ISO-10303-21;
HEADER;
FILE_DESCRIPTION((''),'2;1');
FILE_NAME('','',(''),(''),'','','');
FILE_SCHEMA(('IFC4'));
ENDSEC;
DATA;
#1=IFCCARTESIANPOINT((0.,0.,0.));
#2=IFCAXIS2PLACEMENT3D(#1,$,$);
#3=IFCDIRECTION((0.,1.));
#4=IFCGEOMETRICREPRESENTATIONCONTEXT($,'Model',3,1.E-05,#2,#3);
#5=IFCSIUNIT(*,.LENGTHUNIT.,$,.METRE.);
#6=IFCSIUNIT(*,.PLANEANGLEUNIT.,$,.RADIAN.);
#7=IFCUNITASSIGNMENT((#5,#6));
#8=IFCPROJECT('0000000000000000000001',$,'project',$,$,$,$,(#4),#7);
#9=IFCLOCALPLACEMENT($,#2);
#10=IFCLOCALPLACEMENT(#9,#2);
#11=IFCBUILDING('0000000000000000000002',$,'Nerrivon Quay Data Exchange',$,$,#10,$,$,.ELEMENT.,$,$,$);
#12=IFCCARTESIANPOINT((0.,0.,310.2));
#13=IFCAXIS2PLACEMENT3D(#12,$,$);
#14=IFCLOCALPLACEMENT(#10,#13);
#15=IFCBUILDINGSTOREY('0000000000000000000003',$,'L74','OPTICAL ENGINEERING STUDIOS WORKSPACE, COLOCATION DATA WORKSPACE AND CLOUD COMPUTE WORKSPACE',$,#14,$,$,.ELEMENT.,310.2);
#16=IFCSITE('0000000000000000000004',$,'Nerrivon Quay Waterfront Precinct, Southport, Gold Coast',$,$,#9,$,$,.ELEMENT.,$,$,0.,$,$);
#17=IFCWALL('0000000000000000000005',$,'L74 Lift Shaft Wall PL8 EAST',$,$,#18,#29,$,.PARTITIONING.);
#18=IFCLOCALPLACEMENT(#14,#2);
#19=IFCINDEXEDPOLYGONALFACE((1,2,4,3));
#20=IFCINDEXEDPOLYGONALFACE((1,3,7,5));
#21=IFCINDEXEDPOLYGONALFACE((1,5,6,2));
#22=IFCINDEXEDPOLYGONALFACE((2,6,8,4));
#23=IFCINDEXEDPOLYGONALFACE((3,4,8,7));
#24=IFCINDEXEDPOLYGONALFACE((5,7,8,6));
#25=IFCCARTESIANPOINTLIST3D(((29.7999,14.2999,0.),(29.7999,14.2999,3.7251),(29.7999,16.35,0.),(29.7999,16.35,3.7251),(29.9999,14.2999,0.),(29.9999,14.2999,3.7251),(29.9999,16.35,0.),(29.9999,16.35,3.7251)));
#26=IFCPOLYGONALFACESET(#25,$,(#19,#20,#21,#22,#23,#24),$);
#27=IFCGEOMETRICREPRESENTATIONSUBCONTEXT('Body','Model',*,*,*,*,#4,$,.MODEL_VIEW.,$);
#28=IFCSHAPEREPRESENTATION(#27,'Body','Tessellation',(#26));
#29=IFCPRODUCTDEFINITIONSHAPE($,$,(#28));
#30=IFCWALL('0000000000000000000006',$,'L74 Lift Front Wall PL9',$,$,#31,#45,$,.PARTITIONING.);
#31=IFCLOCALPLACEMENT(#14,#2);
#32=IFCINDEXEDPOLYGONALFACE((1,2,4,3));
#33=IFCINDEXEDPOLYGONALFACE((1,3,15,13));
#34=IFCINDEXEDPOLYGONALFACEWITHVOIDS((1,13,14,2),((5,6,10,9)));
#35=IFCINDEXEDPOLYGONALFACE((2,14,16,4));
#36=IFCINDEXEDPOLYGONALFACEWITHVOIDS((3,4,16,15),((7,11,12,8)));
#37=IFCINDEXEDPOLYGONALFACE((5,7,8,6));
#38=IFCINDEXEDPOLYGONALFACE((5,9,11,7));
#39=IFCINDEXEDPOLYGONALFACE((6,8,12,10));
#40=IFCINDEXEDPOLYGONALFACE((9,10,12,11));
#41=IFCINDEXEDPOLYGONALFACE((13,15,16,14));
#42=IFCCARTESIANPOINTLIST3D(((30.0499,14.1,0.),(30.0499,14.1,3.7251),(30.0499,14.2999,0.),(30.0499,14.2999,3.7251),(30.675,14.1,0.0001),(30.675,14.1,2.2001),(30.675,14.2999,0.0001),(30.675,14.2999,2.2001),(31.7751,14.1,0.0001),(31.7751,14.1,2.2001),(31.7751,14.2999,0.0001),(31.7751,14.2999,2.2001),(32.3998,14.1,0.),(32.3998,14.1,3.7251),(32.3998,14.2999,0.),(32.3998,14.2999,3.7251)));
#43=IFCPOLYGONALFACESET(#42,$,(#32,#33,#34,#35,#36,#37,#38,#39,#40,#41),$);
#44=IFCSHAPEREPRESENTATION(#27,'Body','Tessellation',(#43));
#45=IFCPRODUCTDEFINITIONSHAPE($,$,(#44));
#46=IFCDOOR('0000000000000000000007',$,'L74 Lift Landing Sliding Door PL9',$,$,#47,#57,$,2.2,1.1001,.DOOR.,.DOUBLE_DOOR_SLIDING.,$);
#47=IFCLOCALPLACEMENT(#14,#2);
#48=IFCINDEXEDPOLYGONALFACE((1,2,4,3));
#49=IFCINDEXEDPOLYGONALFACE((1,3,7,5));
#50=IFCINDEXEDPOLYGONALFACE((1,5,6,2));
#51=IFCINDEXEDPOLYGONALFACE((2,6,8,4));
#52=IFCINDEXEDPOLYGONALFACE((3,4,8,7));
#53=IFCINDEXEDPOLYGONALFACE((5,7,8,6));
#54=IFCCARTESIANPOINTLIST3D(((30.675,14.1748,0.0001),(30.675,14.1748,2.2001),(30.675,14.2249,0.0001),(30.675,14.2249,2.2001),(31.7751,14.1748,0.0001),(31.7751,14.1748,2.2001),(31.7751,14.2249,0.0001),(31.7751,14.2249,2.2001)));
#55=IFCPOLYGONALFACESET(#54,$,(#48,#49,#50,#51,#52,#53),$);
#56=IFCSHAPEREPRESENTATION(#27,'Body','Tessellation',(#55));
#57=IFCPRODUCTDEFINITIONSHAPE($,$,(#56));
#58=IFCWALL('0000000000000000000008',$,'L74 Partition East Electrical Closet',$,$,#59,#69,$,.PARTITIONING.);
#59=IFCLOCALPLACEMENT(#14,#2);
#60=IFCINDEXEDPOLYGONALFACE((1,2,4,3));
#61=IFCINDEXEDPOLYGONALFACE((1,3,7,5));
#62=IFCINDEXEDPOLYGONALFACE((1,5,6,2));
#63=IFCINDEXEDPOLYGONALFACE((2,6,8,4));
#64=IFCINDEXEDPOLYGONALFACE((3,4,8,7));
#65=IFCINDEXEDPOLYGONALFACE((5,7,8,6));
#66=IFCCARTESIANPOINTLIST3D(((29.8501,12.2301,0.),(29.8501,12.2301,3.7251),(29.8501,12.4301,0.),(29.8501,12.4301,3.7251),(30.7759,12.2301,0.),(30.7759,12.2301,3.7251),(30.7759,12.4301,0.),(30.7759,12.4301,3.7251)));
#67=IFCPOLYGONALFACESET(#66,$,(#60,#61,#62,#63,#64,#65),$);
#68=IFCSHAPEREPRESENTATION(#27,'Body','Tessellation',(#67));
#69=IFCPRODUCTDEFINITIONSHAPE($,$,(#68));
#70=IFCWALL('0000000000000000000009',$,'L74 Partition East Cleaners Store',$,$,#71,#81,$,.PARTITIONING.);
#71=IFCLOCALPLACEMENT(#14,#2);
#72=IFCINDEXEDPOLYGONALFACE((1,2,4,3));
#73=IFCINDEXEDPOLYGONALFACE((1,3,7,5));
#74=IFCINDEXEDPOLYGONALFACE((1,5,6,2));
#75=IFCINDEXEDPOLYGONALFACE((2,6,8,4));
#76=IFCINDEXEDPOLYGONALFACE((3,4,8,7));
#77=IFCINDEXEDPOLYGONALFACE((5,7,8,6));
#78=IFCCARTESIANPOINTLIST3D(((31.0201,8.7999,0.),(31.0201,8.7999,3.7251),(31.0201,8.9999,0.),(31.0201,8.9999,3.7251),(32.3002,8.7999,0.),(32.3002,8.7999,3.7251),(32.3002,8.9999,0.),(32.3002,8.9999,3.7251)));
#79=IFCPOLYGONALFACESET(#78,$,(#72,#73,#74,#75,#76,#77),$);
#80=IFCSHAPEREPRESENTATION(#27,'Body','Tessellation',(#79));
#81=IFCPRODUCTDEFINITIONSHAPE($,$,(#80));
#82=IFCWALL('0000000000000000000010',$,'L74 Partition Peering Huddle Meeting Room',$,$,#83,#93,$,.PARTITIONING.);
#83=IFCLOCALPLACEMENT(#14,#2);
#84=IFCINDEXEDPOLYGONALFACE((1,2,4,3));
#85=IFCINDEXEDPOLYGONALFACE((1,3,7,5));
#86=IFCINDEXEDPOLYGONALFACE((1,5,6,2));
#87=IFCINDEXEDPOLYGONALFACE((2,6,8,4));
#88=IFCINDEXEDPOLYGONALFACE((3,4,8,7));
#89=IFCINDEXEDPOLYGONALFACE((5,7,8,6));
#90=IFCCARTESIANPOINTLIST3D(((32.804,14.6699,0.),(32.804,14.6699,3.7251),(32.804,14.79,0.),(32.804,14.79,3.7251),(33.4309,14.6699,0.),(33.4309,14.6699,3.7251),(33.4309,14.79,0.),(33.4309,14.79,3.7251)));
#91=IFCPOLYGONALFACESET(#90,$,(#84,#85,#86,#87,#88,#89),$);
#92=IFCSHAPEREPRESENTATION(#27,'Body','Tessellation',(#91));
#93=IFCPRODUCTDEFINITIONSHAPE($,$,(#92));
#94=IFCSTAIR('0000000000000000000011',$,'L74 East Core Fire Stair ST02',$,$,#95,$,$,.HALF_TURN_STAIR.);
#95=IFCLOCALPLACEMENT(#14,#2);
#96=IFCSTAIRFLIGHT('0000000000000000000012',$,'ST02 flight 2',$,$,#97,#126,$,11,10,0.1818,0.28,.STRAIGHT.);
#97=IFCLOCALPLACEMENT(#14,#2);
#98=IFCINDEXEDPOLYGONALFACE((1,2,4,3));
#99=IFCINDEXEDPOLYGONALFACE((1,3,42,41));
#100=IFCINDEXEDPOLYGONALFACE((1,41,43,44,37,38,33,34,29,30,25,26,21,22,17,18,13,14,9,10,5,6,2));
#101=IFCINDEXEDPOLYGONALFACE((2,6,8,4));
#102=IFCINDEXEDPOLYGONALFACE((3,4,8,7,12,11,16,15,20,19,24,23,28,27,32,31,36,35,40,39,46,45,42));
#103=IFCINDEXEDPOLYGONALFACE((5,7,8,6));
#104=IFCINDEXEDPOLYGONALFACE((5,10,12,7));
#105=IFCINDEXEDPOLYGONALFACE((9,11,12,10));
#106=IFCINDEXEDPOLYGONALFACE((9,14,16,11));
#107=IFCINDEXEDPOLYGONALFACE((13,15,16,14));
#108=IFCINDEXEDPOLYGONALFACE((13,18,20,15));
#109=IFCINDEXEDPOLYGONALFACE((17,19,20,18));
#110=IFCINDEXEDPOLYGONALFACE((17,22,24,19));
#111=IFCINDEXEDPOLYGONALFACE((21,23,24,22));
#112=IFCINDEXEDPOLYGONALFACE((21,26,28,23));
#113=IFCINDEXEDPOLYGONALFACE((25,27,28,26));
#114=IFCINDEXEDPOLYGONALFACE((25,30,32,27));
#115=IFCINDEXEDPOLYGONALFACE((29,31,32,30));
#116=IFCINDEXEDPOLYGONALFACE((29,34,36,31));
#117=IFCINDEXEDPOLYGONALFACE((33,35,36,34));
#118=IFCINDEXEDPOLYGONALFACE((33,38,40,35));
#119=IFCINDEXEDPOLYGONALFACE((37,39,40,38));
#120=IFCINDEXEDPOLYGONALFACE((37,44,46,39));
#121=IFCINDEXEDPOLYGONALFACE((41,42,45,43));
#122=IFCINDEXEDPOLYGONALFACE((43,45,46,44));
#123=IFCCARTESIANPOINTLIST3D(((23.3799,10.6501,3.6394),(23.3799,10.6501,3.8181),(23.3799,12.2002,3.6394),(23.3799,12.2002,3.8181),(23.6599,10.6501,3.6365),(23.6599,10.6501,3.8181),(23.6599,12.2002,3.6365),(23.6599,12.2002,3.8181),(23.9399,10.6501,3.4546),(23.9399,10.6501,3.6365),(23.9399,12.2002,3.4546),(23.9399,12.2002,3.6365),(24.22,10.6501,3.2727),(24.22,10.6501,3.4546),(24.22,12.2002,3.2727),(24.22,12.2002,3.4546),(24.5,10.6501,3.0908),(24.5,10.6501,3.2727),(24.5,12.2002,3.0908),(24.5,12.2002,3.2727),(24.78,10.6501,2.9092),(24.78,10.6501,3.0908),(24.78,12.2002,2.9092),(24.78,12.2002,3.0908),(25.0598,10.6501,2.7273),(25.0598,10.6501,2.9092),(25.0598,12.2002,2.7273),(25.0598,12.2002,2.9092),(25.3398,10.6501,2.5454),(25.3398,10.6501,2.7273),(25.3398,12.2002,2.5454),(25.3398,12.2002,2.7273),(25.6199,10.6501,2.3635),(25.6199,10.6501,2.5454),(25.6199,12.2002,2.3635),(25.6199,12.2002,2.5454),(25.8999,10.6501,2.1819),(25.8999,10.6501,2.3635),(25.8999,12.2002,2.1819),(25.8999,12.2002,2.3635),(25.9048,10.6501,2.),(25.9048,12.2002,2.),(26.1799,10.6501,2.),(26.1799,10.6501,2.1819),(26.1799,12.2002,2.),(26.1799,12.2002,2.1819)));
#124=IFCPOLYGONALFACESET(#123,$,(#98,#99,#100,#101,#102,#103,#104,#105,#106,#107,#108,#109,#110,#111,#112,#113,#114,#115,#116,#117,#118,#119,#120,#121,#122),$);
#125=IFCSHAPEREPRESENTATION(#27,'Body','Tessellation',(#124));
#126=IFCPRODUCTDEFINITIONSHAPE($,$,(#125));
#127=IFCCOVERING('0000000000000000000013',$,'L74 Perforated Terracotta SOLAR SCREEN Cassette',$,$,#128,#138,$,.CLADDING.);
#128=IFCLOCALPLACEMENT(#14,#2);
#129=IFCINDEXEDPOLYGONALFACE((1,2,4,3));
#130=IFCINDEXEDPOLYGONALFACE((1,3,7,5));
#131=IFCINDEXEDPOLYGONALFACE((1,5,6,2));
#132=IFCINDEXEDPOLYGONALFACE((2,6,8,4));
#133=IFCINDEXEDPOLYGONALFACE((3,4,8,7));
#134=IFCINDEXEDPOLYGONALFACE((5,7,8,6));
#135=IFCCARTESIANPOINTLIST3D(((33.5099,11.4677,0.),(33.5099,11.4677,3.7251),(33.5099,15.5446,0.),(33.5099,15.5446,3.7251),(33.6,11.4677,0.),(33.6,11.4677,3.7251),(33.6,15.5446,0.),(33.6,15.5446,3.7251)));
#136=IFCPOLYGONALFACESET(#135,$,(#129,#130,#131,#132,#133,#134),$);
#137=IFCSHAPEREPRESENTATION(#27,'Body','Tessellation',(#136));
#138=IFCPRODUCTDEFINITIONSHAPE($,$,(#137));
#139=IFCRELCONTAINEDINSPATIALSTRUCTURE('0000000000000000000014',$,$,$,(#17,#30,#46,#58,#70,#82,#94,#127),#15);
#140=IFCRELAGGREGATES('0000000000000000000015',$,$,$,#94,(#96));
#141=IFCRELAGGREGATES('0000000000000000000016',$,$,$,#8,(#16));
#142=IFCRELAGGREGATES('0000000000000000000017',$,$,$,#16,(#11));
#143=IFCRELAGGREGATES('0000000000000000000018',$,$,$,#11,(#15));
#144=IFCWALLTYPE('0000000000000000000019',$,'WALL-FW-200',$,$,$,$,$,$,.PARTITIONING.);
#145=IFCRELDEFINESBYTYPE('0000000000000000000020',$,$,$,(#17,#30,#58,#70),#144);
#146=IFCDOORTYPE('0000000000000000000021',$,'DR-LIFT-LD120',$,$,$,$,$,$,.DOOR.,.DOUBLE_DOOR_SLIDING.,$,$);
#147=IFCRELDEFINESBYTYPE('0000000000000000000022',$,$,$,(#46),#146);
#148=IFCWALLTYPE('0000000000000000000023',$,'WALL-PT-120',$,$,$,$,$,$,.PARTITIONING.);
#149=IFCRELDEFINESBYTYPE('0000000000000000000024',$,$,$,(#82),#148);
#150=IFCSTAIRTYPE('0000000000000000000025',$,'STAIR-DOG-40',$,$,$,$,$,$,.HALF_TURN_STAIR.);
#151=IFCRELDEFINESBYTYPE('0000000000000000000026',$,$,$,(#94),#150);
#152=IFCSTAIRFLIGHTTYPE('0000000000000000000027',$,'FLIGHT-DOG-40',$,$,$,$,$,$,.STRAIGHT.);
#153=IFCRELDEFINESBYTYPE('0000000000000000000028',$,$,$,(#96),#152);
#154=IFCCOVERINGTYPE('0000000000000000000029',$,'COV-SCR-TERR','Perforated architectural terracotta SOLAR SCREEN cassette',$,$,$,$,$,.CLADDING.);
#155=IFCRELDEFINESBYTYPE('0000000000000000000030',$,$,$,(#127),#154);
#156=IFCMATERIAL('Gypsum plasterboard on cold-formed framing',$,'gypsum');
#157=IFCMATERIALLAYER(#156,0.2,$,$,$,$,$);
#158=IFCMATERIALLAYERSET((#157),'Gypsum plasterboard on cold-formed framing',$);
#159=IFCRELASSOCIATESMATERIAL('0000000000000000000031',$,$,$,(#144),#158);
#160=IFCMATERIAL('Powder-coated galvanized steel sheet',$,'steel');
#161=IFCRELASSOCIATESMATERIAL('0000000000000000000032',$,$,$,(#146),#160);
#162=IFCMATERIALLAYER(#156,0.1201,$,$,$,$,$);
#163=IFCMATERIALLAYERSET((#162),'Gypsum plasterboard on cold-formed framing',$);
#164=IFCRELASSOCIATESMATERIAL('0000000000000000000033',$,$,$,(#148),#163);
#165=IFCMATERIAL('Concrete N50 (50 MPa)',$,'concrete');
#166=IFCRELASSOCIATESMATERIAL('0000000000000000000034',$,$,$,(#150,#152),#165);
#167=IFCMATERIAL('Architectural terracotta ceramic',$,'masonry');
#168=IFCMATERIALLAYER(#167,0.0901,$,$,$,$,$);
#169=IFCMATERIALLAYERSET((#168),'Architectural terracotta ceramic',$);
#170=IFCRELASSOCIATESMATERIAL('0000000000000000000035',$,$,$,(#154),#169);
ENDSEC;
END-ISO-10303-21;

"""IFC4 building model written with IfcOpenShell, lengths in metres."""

from ifc_helpers import new_model, si_unit, direction, frame, frame_2d, origin, origin_2d, place, context, subcontext, project, spatial, polyline, rectangle, outline, extrude, material, layer, layer_set, type_object, element, fill, aggregate, save


model = new_model("IFC4")

# Units and contexts
model_context = context("Model", 3, precision=1e-05, world=origin(), true_north=direction((0.0, 1.0)))
body_context = subcontext(model_context, "Body", "Model", "MODEL_VIEW")
ifc_project = project(units=[si_unit("LENGTHUNIT", "METRE"), si_unit("PLANEANGLEUNIT", "RADIAN")], contexts=[model_context])

# Site, building, storey
site_placement = place(None, origin())
site = spatial("IfcSite", under=ifc_project, at=site_placement, Name="Nerrivon Quay Waterfront Precinct, Southport, Gold Coast", CompositionType="ELEMENT", RefElevation=0.0)
building_placement = place(site_placement, origin())
building = spatial("IfcBuilding", under=site, at=building_placement, Name="Nerrivon Quay Data Exchange", CompositionType="ELEMENT")
storey_placement = place(building_placement, frame((0.0, 0.0, 310.2)))
storey = spatial("IfcBuildingStorey", under=building, at=storey_placement, Name="L74", Description="OPTICAL ENGINEERING STUDIOS WORKSPACE, COLOCATION DATA WORKSPACE AND CLOUD COMPUTE WORKSPACE", CompositionType="ELEMENT", Elevation=310.2)

# Shared definitions
ifc_material_1 = material(Name="Concrete N50 (50 MPa)", Category="concrete")

# Shared definitions
ifc_material_2 = material(Name="Gypsum plasterboard on cold-formed framing", Category="gypsum")
ifc_layer_1 = layer(ifc_material_2, 0.2)
ifc_layer_set_1 = layer_set([ifc_layer_1], Name="Gypsum plasterboard on cold-formed framing")
wall_type_1 = type_object("IfcWallType", Name="WALL-FW-200", PredefinedType="PARTITIONING", material=ifc_layer_set_1)

# Shared definitions
ifc_material_3 = material(Name="Powder-coated galvanized steel sheet", Category="steel")
door_type_1 = type_object("IfcDoorType", Name="DR-LIFT-LD120", OperationType="DOUBLE_DOOR_SLIDING", PredefinedType="DOOR", material=ifc_material_3)

# Wall
wall_1_placement = place(storey_placement, frame((29.8999, 14.3, 0.0), z_axis=(0.0, 0.0, 1.0), x_axis=(0.0, 1.0, 0.0)))
element("IfcWall", 1, at=wall_1_placement, inside=storey, type_object=wall_type_1, Name="L74 Lift Shaft Wall PL8 EAST", PredefinedType="PARTITIONING", context=body_context, shape_type="SweptSolid", body=[
    extrude(rectangle(XDim=2.05, YDim=0.2, at=frame_2d((1.0249, 0.0))), origin(), (0.0, 0.0, 1.0), 3.7251),
])

# Wall, opening, door
wall_2_placement = place(storey_placement, frame((30.05, 14.2, 0.0), z_axis=(0.0, 0.0, 1.0), x_axis=(1.0, 0.0, 0.0)))
wall_2 = element("IfcWall", 2, at=wall_2_placement, inside=storey, type_object=wall_type_1, Name="L74 Lift Front Wall PL9", PredefinedType="PARTITIONING", context=body_context, shape_type="SweptSolid", body=[
    extrude(rectangle(XDim=2.3499, YDim=0.2, at=frame_2d((1.1748, 0.0))), origin(), (0.0, 0.0, 1.0), 3.7251),
])
opening_1_placement = place(wall_2_placement, frame((0.625, 0.0, 0.0)))
opening_1 = element("IfcOpeningElement", 3, at=opening_1_placement, cuts=wall_2, PredefinedType="OPENING", context=body_context, shape_type="SweptSolid", body=[
    extrude(rectangle(XDim=1.1001, YDim=2.2, at=frame_2d((0.55, 1.1001))), frame((0.0, 0.1099, 0.0), z_axis=(0.0, -1.0, 0.0), x_axis=(1.0, 0.0, 0.0)), (0.0, 0.0, 1.0), 0.22),
])
door_1_placement = place(opening_1_placement, origin())
door_1 = element("IfcDoor", 4, at=door_1_placement, inside=storey, type_object=door_type_1, Name="L74 Lift Landing Sliding Door PL9", OperationType="DOUBLE_DOOR_SLIDING", OverallHeight=2.2, OverallWidth=1.1001, PredefinedType="DOOR", context=body_context, shape_type="SweptSolid", body=[
    extrude(rectangle(XDim=1.1001, YDim=2.2, at=frame_2d((0.55, 1.1001))), frame((0.0, 0.0249, 0.0), z_axis=(0.0, -1.0, 0.0), x_axis=(1.0, 0.0, 0.0)), (0.0, 0.0, 1.0), 0.05),
])
fill(opening_1, door_1)

# Wall
wall_3_placement = place(storey_placement, frame((30.7759, 12.3301, 0.0), z_axis=(0.0, 0.0, 1.0), x_axis=(-1.0, 0.0, 0.0)))
element("IfcWall", 5, at=wall_3_placement, inside=storey, type_object=wall_type_1, Name="L74 Partition East Electrical Closet", PredefinedType="PARTITIONING", context=body_context, shape_type="SweptSolid", body=[
    extrude(rectangle(XDim=0.9258, YDim=0.2, at=frame_2d((0.4629, 0.0))), origin(), (0.0, 0.0, 1.0), 3.7251),
])

# Walls
wall_4_placement = place(storey_placement, frame((31.02, 8.8999, 0.0), z_axis=(0.0, 0.0, 1.0), x_axis=(1.0, 0.0, 0.0)))
element("IfcWall", 6, at=wall_4_placement, inside=storey, type_object=wall_type_1, Name="L74 Partition East Cleaners Store", PredefinedType="PARTITIONING", context=body_context, shape_type="SweptSolid", body=[
    extrude(rectangle(XDim=1.28, YDim=0.2, at=frame_2d((0.6401, 0.0))), origin(), (0.0, 0.0, 1.0), 3.7251),
])
ifc_layer_2 = layer(ifc_material_2, 0.1201)
ifc_layer_set_2 = layer_set([ifc_layer_2], Name="Gypsum plasterboard on cold-formed framing")
wall_type_2 = type_object("IfcWallType", Name="WALL-PT-120", PredefinedType="PARTITIONING", material=ifc_layer_set_2)
wall_5_placement = place(storey_placement, frame((32.804, 14.73, 0.0), z_axis=(0.0, 0.0, 1.0), x_axis=(1.0, 0.0, 0.0)))
element("IfcWall", 7, at=wall_5_placement, inside=storey, type_object=wall_type_2, Name="L74 Partition Peering Huddle Meeting Room", PredefinedType="PARTITIONING", context=body_context, shape_type="SweptSolid", body=[
    extrude(rectangle(XDim=0.627, YDim=0.1201, at=frame_2d((0.3135, 0.0))), origin(), (0.0, 0.0, 1.0), 3.7251),
])

# Stair, stair flight
stair_type = type_object("IfcStairType", Name="STAIR-DOG-40", PredefinedType="HALF_TURN_STAIR", material=ifc_material_1)
stair_placement = place(storey_placement, origin())
stair = element("IfcStair", 8, at=stair_placement, inside=storey, type_object=stair_type, Name="L74 East Core Fire Stair ST02", PredefinedType="HALF_TURN_STAIR")
stair_flight_type = type_object("IfcStairFlightType", Name="FLIGHT-DOG-40", PredefinedType="STRAIGHT", material=ifc_material_1)
stair_flight_placement = place(storey_placement, frame((26.1799, 11.425, 2.0), z_axis=(0.0, 0.0, 1.0), x_axis=(-1.0, 0.0, 0.0)))
stair_flight = element("IfcStairFlight", 9, at=stair_flight_placement, type_object=stair_flight_type, Name="ST02 flight 2", NumberOfRisers=11, NumberOfTreads=10, PredefinedType="STRAIGHT", RiserHeight=0.1818, TreadLength=0.28, context=body_context, shape_type="SweptSolid", body=[
    extrude(outline(polyline([(0.0, 0.0), (0.0, 0.1819), (0.28, 0.1819), (0.28, 0.3635), (0.5601, 0.3635), (0.5601, 0.5454), (0.8401, 0.5454), (0.8401, 0.7273), (1.1201, 0.7273), (1.1201, 0.9092), (1.3999, 0.9092), (1.3999, 1.0908), (1.6799, 1.0908), (1.6799, 1.2727), (1.96, 1.2727), (1.96, 1.4546), (2.24, 1.4546), (2.24, 1.6365), (2.52, 1.6365), (2.52, 1.8181), (2.8, 1.8181), (2.8, 2.0), (2.8, 1.6394), (0.2751, 0.0), (0.0, 0.0)])), frame((0.0, 0.7749, 0.0), z_axis=(0.0, -1.0, 0.0), x_axis=(1.0, 0.0, 0.0)), (0.0, 0.0, 1.0), 1.55),
])
aggregate(stair, [stair_flight])

# Covering
ifc_material_4 = material(Name="Architectural terracotta ceramic", Category="masonry")
ifc_layer_3 = layer(ifc_material_4, 0.0901)
ifc_layer_set_3 = layer_set([ifc_layer_3], Name="Architectural terracotta ceramic")
covering_type = type_object("IfcCoveringType", Name="COV-SCR-TERR", Description="Perforated architectural terracotta SOLAR SCREEN cassette", PredefinedType="CLADDING", material=ifc_layer_set_3)
covering_placement = place(storey_placement, frame((33.5549, 13.5061, 0.0), z_axis=(0.0, 0.0, 1.0), x_axis=(0.0, -1.0, 0.0)))
element("IfcCovering", 10, at=covering_placement, inside=storey, type_object=covering_type, Name="L74 Perforated Terracotta SOLAR SCREEN Cassette", PredefinedType="CLADDING", context=body_context, shape_type="SweptSolid", body=[
    extrude(rectangle(XDim=4.0769, YDim=0.0901, at=origin_2d()), origin(), (0.0, 0.0, 1.0), 3.7251),
])

save(model, "model.ifc")
